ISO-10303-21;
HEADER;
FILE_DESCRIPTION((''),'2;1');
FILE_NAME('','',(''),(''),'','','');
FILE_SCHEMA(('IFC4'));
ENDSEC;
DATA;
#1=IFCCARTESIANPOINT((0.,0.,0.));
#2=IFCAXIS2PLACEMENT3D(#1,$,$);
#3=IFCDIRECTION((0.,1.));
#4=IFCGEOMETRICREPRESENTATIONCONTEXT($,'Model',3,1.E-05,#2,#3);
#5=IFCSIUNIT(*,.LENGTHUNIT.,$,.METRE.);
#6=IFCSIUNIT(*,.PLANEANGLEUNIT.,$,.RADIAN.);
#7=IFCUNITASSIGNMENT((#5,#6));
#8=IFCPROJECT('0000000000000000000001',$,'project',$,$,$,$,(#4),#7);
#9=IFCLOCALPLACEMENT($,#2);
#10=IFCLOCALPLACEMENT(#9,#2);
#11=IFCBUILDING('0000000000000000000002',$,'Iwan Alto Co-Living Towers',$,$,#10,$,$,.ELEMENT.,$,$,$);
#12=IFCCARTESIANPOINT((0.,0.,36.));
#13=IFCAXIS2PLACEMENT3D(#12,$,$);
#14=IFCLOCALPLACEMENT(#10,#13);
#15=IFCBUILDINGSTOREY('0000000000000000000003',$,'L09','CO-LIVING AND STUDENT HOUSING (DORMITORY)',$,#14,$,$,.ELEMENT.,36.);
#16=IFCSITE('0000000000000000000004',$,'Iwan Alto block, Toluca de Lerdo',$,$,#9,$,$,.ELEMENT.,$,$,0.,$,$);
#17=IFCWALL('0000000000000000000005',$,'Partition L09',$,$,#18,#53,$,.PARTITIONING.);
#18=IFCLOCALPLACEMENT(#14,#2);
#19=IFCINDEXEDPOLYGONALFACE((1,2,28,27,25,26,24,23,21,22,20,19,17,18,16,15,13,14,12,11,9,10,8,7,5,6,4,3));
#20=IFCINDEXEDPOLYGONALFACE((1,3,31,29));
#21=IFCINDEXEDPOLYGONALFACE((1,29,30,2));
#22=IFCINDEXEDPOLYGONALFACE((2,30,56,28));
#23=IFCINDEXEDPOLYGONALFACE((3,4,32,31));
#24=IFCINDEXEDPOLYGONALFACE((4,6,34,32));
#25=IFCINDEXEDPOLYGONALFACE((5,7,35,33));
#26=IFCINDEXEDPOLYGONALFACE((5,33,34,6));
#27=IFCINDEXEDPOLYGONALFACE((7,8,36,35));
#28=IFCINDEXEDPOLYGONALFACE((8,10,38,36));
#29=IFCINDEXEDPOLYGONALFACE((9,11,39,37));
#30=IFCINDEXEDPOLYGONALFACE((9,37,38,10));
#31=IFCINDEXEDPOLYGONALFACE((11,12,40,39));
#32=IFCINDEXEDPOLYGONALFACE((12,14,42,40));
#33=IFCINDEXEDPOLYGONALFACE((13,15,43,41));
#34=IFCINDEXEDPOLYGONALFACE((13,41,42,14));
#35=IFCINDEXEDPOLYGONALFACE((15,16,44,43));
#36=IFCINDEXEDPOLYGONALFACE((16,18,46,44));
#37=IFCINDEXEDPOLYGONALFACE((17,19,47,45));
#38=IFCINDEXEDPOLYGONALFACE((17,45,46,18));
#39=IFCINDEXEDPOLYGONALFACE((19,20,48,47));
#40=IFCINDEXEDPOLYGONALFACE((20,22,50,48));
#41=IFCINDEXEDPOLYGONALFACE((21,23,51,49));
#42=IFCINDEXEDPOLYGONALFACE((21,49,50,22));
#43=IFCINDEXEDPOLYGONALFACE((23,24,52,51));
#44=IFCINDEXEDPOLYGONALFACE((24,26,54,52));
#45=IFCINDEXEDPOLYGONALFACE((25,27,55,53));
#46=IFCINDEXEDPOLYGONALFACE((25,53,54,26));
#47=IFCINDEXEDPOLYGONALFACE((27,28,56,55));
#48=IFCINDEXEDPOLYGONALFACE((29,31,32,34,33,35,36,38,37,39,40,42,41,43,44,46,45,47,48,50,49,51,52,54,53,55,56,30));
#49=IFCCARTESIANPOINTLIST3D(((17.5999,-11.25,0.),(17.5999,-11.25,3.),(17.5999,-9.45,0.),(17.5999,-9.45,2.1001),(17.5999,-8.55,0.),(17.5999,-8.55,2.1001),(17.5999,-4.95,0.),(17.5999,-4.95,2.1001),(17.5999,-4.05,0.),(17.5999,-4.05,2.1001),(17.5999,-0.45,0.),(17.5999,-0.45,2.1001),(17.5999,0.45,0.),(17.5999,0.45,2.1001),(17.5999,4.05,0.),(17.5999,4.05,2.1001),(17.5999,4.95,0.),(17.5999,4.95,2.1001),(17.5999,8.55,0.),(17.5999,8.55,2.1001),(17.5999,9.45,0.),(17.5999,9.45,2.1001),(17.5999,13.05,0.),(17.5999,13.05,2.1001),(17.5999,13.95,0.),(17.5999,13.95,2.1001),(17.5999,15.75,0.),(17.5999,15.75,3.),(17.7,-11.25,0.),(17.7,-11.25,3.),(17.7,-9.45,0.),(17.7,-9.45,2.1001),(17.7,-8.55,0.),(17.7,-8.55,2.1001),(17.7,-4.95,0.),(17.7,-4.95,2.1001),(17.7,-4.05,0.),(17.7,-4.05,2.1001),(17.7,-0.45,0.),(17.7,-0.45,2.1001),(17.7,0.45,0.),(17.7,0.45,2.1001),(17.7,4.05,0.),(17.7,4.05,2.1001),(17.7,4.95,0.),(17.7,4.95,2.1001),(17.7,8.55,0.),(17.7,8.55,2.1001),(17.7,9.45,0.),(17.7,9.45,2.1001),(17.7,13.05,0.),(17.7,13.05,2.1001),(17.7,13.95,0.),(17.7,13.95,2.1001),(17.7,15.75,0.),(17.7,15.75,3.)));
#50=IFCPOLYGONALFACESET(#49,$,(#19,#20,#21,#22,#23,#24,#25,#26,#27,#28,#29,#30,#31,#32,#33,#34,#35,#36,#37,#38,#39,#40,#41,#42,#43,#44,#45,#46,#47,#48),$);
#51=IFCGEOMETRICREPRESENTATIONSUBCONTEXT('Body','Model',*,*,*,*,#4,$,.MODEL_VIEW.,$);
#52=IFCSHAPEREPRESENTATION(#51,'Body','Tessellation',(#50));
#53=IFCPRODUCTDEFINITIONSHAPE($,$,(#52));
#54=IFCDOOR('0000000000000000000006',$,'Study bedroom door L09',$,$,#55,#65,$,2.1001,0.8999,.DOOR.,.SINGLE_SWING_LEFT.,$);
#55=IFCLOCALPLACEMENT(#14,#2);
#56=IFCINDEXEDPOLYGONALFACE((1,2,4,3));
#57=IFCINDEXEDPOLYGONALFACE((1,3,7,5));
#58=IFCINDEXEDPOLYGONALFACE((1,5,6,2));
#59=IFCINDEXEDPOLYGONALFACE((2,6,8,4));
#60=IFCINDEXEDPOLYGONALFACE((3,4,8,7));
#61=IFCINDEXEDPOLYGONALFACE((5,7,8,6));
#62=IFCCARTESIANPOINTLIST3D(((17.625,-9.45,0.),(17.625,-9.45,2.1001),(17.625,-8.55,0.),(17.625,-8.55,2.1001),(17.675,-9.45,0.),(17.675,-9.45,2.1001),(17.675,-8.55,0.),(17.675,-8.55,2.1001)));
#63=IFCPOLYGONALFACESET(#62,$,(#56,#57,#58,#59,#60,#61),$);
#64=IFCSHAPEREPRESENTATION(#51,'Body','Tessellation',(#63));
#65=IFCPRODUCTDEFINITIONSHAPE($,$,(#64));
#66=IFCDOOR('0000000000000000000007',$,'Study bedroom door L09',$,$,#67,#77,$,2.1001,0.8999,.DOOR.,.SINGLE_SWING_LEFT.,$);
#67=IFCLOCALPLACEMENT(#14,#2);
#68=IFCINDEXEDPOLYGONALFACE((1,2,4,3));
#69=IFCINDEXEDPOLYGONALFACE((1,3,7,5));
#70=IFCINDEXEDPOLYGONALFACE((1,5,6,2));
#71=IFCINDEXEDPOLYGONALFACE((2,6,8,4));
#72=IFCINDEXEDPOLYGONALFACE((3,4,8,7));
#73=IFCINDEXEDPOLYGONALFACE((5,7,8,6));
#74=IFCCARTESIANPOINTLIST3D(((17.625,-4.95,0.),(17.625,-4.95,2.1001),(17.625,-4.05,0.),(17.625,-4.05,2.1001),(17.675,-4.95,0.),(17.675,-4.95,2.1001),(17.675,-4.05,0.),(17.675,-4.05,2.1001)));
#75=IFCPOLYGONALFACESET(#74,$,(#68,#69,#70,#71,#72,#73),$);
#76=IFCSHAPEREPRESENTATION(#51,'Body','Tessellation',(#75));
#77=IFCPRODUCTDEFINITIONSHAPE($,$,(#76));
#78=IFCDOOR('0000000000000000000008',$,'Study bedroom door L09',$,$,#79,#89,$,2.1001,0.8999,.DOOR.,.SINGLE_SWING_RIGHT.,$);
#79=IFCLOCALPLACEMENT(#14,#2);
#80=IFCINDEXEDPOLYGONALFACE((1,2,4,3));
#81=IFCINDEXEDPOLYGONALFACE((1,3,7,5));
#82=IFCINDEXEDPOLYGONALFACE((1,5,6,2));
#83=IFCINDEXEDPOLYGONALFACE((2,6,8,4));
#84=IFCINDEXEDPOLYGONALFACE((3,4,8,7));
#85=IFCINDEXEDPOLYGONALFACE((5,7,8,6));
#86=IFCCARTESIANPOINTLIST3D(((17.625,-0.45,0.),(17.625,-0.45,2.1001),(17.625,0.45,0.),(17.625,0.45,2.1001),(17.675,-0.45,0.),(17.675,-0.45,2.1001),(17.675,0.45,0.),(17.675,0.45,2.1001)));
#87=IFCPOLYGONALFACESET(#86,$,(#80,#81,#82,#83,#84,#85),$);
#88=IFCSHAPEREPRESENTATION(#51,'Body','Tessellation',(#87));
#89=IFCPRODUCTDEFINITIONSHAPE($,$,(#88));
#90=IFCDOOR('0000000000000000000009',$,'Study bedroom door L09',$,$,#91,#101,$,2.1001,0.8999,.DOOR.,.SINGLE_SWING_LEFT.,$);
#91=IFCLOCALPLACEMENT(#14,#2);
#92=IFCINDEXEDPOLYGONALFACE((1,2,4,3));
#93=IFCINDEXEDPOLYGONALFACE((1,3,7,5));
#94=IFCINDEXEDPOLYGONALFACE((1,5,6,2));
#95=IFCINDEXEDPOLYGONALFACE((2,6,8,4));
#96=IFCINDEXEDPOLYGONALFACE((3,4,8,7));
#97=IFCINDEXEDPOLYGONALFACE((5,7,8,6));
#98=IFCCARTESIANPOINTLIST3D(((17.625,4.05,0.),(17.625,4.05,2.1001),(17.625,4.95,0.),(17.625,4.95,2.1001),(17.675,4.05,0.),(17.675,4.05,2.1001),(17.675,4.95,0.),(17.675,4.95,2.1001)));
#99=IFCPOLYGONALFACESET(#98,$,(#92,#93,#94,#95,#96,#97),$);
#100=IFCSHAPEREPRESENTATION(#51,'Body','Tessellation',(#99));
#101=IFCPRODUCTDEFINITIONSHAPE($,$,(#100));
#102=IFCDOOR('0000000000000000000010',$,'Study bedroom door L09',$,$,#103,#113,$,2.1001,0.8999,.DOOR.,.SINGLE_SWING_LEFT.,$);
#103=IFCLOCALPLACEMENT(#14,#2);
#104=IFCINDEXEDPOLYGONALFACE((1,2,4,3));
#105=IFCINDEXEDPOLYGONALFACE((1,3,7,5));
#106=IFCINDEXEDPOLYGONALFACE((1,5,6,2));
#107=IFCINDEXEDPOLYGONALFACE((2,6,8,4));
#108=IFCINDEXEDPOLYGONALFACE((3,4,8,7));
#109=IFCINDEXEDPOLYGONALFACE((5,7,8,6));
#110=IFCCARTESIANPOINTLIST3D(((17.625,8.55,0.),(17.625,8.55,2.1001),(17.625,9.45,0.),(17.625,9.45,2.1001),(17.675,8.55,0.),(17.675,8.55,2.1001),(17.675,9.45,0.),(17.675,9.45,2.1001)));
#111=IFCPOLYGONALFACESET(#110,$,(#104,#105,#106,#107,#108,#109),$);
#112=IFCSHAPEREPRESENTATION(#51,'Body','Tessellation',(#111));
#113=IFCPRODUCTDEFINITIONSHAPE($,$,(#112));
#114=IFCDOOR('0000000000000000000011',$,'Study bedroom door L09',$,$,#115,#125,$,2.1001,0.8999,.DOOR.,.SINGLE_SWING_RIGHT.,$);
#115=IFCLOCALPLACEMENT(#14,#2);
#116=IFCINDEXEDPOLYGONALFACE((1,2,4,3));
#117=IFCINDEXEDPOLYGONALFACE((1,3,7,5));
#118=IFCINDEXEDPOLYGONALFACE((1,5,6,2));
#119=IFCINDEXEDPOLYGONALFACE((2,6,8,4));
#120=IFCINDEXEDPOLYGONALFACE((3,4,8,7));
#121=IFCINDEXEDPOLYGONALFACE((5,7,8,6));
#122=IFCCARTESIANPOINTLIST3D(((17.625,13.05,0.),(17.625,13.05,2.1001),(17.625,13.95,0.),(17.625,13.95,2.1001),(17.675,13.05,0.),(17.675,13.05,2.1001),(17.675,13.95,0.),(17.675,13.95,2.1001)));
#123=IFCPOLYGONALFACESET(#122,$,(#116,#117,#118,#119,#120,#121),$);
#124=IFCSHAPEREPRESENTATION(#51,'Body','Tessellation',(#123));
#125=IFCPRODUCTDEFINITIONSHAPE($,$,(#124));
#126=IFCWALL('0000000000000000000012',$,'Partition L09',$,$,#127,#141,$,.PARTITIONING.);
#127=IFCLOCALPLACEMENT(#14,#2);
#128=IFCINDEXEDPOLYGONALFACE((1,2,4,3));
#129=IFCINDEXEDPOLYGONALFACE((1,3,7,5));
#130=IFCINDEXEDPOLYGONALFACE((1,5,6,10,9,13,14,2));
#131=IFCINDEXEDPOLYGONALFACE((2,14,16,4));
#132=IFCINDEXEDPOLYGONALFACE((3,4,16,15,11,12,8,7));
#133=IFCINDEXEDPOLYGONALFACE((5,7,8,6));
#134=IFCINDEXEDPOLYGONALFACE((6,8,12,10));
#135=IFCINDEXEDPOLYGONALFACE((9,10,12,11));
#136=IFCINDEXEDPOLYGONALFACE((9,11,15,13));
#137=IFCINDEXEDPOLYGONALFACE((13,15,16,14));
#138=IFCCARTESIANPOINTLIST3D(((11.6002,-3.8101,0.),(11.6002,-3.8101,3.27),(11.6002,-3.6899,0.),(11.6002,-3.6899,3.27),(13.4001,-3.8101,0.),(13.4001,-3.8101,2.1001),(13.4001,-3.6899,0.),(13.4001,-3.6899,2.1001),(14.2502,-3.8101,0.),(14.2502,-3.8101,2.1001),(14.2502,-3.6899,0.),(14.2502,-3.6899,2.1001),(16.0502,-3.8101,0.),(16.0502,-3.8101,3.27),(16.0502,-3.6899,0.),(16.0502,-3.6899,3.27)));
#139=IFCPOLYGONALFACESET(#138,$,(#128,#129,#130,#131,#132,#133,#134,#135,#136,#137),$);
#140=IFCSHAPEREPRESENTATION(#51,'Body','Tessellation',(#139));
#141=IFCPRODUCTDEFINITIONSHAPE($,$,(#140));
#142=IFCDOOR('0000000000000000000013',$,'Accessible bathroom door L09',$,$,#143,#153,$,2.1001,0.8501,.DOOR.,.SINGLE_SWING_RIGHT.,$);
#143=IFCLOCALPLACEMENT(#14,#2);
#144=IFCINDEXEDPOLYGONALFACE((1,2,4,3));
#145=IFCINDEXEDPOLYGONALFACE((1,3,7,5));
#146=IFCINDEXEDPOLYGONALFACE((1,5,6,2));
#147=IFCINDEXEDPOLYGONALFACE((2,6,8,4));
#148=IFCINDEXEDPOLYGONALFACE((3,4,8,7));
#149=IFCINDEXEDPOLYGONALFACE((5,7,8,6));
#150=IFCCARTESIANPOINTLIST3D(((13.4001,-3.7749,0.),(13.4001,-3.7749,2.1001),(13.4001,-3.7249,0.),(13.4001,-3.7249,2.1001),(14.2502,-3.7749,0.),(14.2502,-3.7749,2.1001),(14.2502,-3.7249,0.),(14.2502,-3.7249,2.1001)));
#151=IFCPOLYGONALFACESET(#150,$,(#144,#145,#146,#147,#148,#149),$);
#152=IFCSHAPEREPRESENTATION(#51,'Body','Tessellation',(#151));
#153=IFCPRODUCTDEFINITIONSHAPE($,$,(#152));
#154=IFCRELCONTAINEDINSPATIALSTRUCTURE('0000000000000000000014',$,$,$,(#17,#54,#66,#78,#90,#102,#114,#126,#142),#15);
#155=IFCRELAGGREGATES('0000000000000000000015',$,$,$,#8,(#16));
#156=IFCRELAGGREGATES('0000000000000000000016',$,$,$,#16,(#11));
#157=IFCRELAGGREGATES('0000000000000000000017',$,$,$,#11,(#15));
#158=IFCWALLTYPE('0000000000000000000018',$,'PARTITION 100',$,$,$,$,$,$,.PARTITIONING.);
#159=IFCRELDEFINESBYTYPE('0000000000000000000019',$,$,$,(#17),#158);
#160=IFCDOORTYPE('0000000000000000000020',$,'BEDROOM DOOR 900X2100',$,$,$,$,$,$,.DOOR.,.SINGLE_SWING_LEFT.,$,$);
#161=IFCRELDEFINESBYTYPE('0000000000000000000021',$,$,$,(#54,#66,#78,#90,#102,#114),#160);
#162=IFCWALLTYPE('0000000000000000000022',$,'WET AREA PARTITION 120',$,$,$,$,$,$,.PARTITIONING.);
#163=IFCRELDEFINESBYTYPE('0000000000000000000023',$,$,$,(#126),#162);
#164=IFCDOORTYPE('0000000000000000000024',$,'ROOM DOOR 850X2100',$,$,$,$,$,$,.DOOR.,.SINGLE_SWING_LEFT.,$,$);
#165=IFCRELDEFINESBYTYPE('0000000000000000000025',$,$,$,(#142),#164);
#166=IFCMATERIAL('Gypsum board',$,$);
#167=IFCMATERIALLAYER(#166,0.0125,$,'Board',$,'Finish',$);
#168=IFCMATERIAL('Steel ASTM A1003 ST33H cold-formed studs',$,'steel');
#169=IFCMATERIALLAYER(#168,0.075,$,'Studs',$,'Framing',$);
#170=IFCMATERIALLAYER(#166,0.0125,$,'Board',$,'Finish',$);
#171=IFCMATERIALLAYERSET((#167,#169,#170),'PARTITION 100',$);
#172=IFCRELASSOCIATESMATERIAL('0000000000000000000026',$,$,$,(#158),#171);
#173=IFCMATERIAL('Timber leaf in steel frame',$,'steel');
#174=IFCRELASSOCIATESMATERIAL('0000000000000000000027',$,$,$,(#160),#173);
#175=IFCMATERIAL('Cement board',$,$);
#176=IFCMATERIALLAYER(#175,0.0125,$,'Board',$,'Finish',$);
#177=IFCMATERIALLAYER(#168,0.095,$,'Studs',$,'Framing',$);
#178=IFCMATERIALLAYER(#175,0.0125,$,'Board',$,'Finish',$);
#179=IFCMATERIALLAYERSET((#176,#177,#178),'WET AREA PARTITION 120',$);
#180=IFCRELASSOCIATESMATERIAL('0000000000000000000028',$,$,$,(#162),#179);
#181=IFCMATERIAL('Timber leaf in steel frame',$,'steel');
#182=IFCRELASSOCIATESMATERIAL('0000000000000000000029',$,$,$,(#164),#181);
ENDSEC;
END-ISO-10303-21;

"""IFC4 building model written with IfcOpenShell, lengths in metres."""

from ifc_helpers import new_model, si_unit, direction, frame, frame_2d, origin, place, context, subcontext, project, spatial, rectangle, extrude, material, layer, layer_set, type_object, element, fill, save


model = new_model("IFC4")

# Units and contexts
model_context = context("Model", 3, precision=1e-05, world=origin(), true_north=direction((0.0, 1.0)))
body_context = subcontext(model_context, "Body", "Model", "MODEL_VIEW")
ifc_project = project(units=[si_unit("LENGTHUNIT", "METRE"), si_unit("PLANEANGLEUNIT", "RADIAN")], contexts=[model_context])

# Site, building, storey
site_placement = place(None, origin())
site = spatial("IfcSite", under=ifc_project, at=site_placement, Name="Iwan Alto block, Toluca de Lerdo", CompositionType="ELEMENT", RefElevation=0.0)
building_placement = place(site_placement, origin())
building = spatial("IfcBuilding", under=site, at=building_placement, Name="Iwan Alto Co-Living Towers", CompositionType="ELEMENT")
storey_placement = place(building_placement, frame((0.0, 0.0, 36.0)))
storey = spatial("IfcBuildingStorey", under=building, at=storey_placement, Name="L09", Description="CO-LIVING AND STUDENT HOUSING (DORMITORY)", CompositionType="ELEMENT", Elevation=36.0)

# Shared definitions
ifc_material_1 = material(Name="Gypsum board")
ifc_layer_1 = layer(ifc_material_1, 0.0125, Name="Board", Category="Finish")
ifc_material_2 = material(Name="Steel ASTM A1003 ST33H cold-formed studs", Category="steel")
ifc_layer_2 = layer(ifc_material_2, 0.075, Name="Studs", Category="Framing")
ifc_layer_3 = layer(ifc_material_1, 0.0125, Name="Board", Category="Finish")
ifc_layer_set_1 = layer_set([ifc_layer_1, ifc_layer_2, ifc_layer_3], Name="PARTITION 100")
wall_type_1 = type_object("IfcWallType", Name="PARTITION 100", PredefinedType="PARTITIONING", material=ifc_layer_set_1)

# Wall, openings, doors
wall_1_placement = place(storey_placement, frame((17.6499, -11.25, 0.0), z_axis=(0.0, 0.0, 1.0), x_axis=(0.0, 1.0, 0.0)))
wall_1 = element("IfcWall", 1, at=wall_1_placement, inside=storey, type_object=wall_type_1, Name="Partition L09", PredefinedType="PARTITIONING", context=body_context, shape_type="SweptSolid", body=[
    extrude(rectangle(XDim=27.0, YDim=0.1001, at=frame_2d((13.5, 0.0))), origin(), (0.0, 0.0, 1.0), 3.0),
])
opening_1_placement = place(wall_1_placement, frame((1.8, 0.0, 0.0)))
opening_1 = element("IfcOpeningElement", 2, at=opening_1_placement, cuts=wall_1, PredefinedType="OPENING", context=body_context, shape_type="SweptSolid", body=[
    extrude(rectangle(XDim=0.8999, YDim=2.1001, at=frame_2d((0.45, 1.05))), frame((0.0, 0.0601, 0.0), z_axis=(0.0, -1.0, 0.0), x_axis=(1.0, 0.0, 0.0)), (0.0, 0.0, 1.0), 0.1201),
])
opening_2_placement = place(wall_1_placement, frame((6.3, 0.0, 0.0)))
opening_2 = element("IfcOpeningElement", 3, at=opening_2_placement, cuts=wall_1, PredefinedType="OPENING", context=body_context, shape_type="SweptSolid", body=[
    extrude(rectangle(XDim=0.8999, YDim=2.1001, at=frame_2d((0.45, 1.05))), frame((0.0, 0.0601, 0.0), z_axis=(0.0, -1.0, 0.0), x_axis=(1.0, 0.0, 0.0)), (0.0, 0.0, 1.0), 0.1201),
])
opening_3_placement = place(wall_1_placement, frame((10.8, 0.0, 0.0)))
opening_3 = element("IfcOpeningElement", 4, at=opening_3_placement, cuts=wall_1, PredefinedType="OPENING", context=body_context, shape_type="SweptSolid", body=[
    extrude(rectangle(XDim=0.8999, YDim=2.1001, at=frame_2d((0.45, 1.05))), frame((0.0, 0.0601, 0.0), z_axis=(0.0, -1.0, 0.0), x_axis=(1.0, 0.0, 0.0)), (0.0, 0.0, 1.0), 0.1201),
])
opening_4_placement = place(wall_1_placement, frame((15.3, 0.0, 0.0)))
opening_4 = element("IfcOpeningElement", 5, at=opening_4_placement, cuts=wall_1, PredefinedType="OPENING", context=body_context, shape_type="SweptSolid", body=[
    extrude(rectangle(XDim=0.8999, YDim=2.1001, at=frame_2d((0.45, 1.05))), frame((0.0, 0.0601, 0.0), z_axis=(0.0, -1.0, 0.0), x_axis=(1.0, 0.0, 0.0)), (0.0, 0.0, 1.0), 0.1201),
])
opening_5_placement = place(wall_1_placement, frame((19.8, 0.0, 0.0)))
opening_5 = element("IfcOpeningElement", 6, at=opening_5_placement, cuts=wall_1, PredefinedType="OPENING", context=body_context, shape_type="SweptSolid", body=[
    extrude(rectangle(XDim=0.8999, YDim=2.1001, at=frame_2d((0.45, 1.05))), frame((0.0, 0.0601, 0.0), z_axis=(0.0, -1.0, 0.0), x_axis=(1.0, 0.0, 0.0)), (0.0, 0.0, 1.0), 0.1201),
])
opening_6_placement = place(wall_1_placement, frame((24.3, 0.0, 0.0)))
opening_6 = element("IfcOpeningElement", 7, at=opening_6_placement, cuts=wall_1, PredefinedType="OPENING", context=body_context, shape_type="SweptSolid", body=[
    extrude(rectangle(XDim=0.8999, YDim=2.1001, at=frame_2d((0.45, 1.05))), frame((0.0, 0.0601, 0.0), z_axis=(0.0, -1.0, 0.0), x_axis=(1.0, 0.0, 0.0)), (0.0, 0.0, 1.0), 0.1201),
])
ifc_material_3 = material(Name="Timber leaf in steel frame", Category="steel")
door_type_1 = type_object("IfcDoorType", Name="BEDROOM DOOR 900X2100", OperationType="SINGLE_SWING_LEFT", PredefinedType="DOOR", material=ifc_material_3)
door_1_placement = place(opening_1_placement, origin())
door_1 = element("IfcDoor", 8, at=door_1_placement, inside=storey, type_object=door_type_1, Name="Study bedroom door L09", OperationType="SINGLE_SWING_LEFT", OverallHeight=2.1001, OverallWidth=0.8999, PredefinedType="DOOR", context=body_context, shape_type="SweptSolid", body=[
    extrude(rectangle(XDim=0.8999, YDim=2.1001, at=frame_2d((0.45, 1.05))), frame((0.0, 0.0249, 0.0), z_axis=(0.0, -1.0, 0.0), x_axis=(1.0, 0.0, 0.0)), (0.0, 0.0, 1.0), 0.05),
])
fill(opening_1, door_1)
door_2_placement = place(opening_2_placement, origin())
door_2 = element("IfcDoor", 9, at=door_2_placement, inside=storey, type_object=door_type_1, Name="Study bedroom door L09", OperationType="SINGLE_SWING_LEFT", OverallHeight=2.1001, OverallWidth=0.8999, PredefinedType="DOOR", context=body_context, shape_type="SweptSolid", body=[
    extrude(rectangle(XDim=0.8999, YDim=2.1001, at=frame_2d((0.45, 1.05))), frame((0.0, 0.0249, 0.0), z_axis=(0.0, -1.0, 0.0), x_axis=(1.0, 0.0, 0.0)), (0.0, 0.0, 1.0), 0.05),
])
fill(opening_2, door_2)
door_3_placement = place(opening_3_placement, origin())
door_3 = element("IfcDoor", 10, at=door_3_placement, inside=storey, type_object=door_type_1, Name="Study bedroom door L09", OperationType="SINGLE_SWING_RIGHT", OverallHeight=2.1001, OverallWidth=0.8999, PredefinedType="DOOR", context=body_context, shape_type="SweptSolid", body=[
    extrude(rectangle(XDim=0.8999, YDim=2.1001, at=frame_2d((0.45, 1.05))), frame((0.0, 0.0249, 0.0), z_axis=(0.0, -1.0, 0.0), x_axis=(1.0, 0.0, 0.0)), (0.0, 0.0, 1.0), 0.05),
])
fill(opening_3, door_3)
door_4_placement = place(opening_4_placement, origin())
door_4 = element("IfcDoor", 11, at=door_4_placement, inside=storey, type_object=door_type_1, Name="Study bedroom door L09", OperationType="SINGLE_SWING_LEFT", OverallHeight=2.1001, OverallWidth=0.8999, PredefinedType="DOOR", context=body_context, shape_type="SweptSolid", body=[
    extrude(rectangle(XDim=0.8999, YDim=2.1001, at=frame_2d((0.45, 1.05))), frame((0.0, 0.0249, 0.0), z_axis=(0.0, -1.0, 0.0), x_axis=(1.0, 0.0, 0.0)), (0.0, 0.0, 1.0), 0.05),
])
fill(opening_4, door_4)
door_5_placement = place(opening_5_placement, origin())
door_5 = element("IfcDoor", 12, at=door_5_placement, inside=storey, type_object=door_type_1, Name="Study bedroom door L09", OperationType="SINGLE_SWING_LEFT", OverallHeight=2.1001, OverallWidth=0.8999, PredefinedType="DOOR", context=body_context, shape_type="SweptSolid", body=[
    extrude(rectangle(XDim=0.8999, YDim=2.1001, at=frame_2d((0.45, 1.05))), frame((0.0, 0.0249, 0.0), z_axis=(0.0, -1.0, 0.0), x_axis=(1.0, 0.0, 0.0)), (0.0, 0.0, 1.0), 0.05),
])
fill(opening_5, door_5)
door_6_placement = place(opening_6_placement, origin())
door_6 = element("IfcDoor", 13, at=door_6_placement, inside=storey, type_object=door_type_1, Name="Study bedroom door L09", OperationType="SINGLE_SWING_RIGHT", OverallHeight=2.1001, OverallWidth=0.8999, PredefinedType="DOOR", context=body_context, shape_type="SweptSolid", body=[
    extrude(rectangle(XDim=0.8999, YDim=2.1001, at=frame_2d((0.45, 1.05))), frame((0.0, 0.0249, 0.0), z_axis=(0.0, -1.0, 0.0), x_axis=(1.0, 0.0, 0.0)), (0.0, 0.0, 1.0), 0.05),
])
fill(opening_6, door_6)

# Wall, opening, door
ifc_material_4 = material(Name="Cement board")
ifc_layer_4 = layer(ifc_material_4, 0.0125, Name="Board", Category="Finish")
ifc_layer_5 = layer(ifc_material_2, 0.095, Name="Studs", Category="Framing")
ifc_layer_6 = layer(ifc_material_4, 0.0125, Name="Board", Category="Finish")
ifc_layer_set_2 = layer_set([ifc_layer_4, ifc_layer_5, ifc_layer_6], Name="WET AREA PARTITION 120")
wall_type_2 = type_object("IfcWallType", Name="WET AREA PARTITION 120", PredefinedType="PARTITIONING", material=ifc_layer_set_2)
wall_2_placement = place(storey_placement, frame((11.6001, -3.75, 0.0), z_axis=(0.0, 0.0, 1.0), x_axis=(1.0, 0.0, 0.0)))
wall_2 = element("IfcWall", 14, at=wall_2_placement, inside=storey, type_object=wall_type_2, Name="Partition L09", PredefinedType="PARTITIONING", context=body_context, shape_type="SweptSolid", body=[
    extrude(rectangle(XDim=4.45, YDim=0.1201, at=frame_2d((2.2251, 0.0))), origin(), (0.0, 0.0, 1.0), 3.27),
])
opening_7_placement = place(wall_2_placement, frame((1.8, 0.0, 0.0)))
opening_7 = element("IfcOpeningElement", 15, at=opening_7_placement, cuts=wall_2, PredefinedType="OPENING", context=body_context, shape_type="SweptSolid", body=[
    extrude(rectangle(XDim=0.8501, YDim=2.1001, at=frame_2d((0.425, 1.05))), frame((0.0, 0.0701, 0.0), z_axis=(0.0, -1.0, 0.0), x_axis=(1.0, 0.0, 0.0)), (0.0, 0.0, 1.0), 0.1401),
])
ifc_material_5 = material(Name="Timber leaf in steel frame", Category="steel")
door_type_2 = type_object("IfcDoorType", Name="ROOM DOOR 850X2100", OperationType="SINGLE_SWING_LEFT", PredefinedType="DOOR", material=ifc_material_5)
door_7_placement = place(opening_7_placement, frame((0.8501, 0.0, 0.0), z_axis=(0.0, 0.0, 1.0), x_axis=(-1.0, 0.0, 0.0)))
door_7 = element("IfcDoor", 16, at=door_7_placement, inside=storey, type_object=door_type_2, Name="Accessible bathroom door L09", OperationType="SINGLE_SWING_RIGHT", OverallHeight=2.1001, OverallWidth=0.8501, PredefinedType="DOOR", context=body_context, shape_type="SweptSolid", body=[
    extrude(rectangle(XDim=0.8501, YDim=2.1001, at=frame_2d((0.425, 1.05))), frame((0.0, 0.0249, 0.0), z_axis=(0.0, -1.0, 0.0), x_axis=(1.0, 0.0, 0.0)), (0.0, 0.0, 1.0), 0.05),
])
fill(opening_7, door_7)

save(model, "model.ifc")
